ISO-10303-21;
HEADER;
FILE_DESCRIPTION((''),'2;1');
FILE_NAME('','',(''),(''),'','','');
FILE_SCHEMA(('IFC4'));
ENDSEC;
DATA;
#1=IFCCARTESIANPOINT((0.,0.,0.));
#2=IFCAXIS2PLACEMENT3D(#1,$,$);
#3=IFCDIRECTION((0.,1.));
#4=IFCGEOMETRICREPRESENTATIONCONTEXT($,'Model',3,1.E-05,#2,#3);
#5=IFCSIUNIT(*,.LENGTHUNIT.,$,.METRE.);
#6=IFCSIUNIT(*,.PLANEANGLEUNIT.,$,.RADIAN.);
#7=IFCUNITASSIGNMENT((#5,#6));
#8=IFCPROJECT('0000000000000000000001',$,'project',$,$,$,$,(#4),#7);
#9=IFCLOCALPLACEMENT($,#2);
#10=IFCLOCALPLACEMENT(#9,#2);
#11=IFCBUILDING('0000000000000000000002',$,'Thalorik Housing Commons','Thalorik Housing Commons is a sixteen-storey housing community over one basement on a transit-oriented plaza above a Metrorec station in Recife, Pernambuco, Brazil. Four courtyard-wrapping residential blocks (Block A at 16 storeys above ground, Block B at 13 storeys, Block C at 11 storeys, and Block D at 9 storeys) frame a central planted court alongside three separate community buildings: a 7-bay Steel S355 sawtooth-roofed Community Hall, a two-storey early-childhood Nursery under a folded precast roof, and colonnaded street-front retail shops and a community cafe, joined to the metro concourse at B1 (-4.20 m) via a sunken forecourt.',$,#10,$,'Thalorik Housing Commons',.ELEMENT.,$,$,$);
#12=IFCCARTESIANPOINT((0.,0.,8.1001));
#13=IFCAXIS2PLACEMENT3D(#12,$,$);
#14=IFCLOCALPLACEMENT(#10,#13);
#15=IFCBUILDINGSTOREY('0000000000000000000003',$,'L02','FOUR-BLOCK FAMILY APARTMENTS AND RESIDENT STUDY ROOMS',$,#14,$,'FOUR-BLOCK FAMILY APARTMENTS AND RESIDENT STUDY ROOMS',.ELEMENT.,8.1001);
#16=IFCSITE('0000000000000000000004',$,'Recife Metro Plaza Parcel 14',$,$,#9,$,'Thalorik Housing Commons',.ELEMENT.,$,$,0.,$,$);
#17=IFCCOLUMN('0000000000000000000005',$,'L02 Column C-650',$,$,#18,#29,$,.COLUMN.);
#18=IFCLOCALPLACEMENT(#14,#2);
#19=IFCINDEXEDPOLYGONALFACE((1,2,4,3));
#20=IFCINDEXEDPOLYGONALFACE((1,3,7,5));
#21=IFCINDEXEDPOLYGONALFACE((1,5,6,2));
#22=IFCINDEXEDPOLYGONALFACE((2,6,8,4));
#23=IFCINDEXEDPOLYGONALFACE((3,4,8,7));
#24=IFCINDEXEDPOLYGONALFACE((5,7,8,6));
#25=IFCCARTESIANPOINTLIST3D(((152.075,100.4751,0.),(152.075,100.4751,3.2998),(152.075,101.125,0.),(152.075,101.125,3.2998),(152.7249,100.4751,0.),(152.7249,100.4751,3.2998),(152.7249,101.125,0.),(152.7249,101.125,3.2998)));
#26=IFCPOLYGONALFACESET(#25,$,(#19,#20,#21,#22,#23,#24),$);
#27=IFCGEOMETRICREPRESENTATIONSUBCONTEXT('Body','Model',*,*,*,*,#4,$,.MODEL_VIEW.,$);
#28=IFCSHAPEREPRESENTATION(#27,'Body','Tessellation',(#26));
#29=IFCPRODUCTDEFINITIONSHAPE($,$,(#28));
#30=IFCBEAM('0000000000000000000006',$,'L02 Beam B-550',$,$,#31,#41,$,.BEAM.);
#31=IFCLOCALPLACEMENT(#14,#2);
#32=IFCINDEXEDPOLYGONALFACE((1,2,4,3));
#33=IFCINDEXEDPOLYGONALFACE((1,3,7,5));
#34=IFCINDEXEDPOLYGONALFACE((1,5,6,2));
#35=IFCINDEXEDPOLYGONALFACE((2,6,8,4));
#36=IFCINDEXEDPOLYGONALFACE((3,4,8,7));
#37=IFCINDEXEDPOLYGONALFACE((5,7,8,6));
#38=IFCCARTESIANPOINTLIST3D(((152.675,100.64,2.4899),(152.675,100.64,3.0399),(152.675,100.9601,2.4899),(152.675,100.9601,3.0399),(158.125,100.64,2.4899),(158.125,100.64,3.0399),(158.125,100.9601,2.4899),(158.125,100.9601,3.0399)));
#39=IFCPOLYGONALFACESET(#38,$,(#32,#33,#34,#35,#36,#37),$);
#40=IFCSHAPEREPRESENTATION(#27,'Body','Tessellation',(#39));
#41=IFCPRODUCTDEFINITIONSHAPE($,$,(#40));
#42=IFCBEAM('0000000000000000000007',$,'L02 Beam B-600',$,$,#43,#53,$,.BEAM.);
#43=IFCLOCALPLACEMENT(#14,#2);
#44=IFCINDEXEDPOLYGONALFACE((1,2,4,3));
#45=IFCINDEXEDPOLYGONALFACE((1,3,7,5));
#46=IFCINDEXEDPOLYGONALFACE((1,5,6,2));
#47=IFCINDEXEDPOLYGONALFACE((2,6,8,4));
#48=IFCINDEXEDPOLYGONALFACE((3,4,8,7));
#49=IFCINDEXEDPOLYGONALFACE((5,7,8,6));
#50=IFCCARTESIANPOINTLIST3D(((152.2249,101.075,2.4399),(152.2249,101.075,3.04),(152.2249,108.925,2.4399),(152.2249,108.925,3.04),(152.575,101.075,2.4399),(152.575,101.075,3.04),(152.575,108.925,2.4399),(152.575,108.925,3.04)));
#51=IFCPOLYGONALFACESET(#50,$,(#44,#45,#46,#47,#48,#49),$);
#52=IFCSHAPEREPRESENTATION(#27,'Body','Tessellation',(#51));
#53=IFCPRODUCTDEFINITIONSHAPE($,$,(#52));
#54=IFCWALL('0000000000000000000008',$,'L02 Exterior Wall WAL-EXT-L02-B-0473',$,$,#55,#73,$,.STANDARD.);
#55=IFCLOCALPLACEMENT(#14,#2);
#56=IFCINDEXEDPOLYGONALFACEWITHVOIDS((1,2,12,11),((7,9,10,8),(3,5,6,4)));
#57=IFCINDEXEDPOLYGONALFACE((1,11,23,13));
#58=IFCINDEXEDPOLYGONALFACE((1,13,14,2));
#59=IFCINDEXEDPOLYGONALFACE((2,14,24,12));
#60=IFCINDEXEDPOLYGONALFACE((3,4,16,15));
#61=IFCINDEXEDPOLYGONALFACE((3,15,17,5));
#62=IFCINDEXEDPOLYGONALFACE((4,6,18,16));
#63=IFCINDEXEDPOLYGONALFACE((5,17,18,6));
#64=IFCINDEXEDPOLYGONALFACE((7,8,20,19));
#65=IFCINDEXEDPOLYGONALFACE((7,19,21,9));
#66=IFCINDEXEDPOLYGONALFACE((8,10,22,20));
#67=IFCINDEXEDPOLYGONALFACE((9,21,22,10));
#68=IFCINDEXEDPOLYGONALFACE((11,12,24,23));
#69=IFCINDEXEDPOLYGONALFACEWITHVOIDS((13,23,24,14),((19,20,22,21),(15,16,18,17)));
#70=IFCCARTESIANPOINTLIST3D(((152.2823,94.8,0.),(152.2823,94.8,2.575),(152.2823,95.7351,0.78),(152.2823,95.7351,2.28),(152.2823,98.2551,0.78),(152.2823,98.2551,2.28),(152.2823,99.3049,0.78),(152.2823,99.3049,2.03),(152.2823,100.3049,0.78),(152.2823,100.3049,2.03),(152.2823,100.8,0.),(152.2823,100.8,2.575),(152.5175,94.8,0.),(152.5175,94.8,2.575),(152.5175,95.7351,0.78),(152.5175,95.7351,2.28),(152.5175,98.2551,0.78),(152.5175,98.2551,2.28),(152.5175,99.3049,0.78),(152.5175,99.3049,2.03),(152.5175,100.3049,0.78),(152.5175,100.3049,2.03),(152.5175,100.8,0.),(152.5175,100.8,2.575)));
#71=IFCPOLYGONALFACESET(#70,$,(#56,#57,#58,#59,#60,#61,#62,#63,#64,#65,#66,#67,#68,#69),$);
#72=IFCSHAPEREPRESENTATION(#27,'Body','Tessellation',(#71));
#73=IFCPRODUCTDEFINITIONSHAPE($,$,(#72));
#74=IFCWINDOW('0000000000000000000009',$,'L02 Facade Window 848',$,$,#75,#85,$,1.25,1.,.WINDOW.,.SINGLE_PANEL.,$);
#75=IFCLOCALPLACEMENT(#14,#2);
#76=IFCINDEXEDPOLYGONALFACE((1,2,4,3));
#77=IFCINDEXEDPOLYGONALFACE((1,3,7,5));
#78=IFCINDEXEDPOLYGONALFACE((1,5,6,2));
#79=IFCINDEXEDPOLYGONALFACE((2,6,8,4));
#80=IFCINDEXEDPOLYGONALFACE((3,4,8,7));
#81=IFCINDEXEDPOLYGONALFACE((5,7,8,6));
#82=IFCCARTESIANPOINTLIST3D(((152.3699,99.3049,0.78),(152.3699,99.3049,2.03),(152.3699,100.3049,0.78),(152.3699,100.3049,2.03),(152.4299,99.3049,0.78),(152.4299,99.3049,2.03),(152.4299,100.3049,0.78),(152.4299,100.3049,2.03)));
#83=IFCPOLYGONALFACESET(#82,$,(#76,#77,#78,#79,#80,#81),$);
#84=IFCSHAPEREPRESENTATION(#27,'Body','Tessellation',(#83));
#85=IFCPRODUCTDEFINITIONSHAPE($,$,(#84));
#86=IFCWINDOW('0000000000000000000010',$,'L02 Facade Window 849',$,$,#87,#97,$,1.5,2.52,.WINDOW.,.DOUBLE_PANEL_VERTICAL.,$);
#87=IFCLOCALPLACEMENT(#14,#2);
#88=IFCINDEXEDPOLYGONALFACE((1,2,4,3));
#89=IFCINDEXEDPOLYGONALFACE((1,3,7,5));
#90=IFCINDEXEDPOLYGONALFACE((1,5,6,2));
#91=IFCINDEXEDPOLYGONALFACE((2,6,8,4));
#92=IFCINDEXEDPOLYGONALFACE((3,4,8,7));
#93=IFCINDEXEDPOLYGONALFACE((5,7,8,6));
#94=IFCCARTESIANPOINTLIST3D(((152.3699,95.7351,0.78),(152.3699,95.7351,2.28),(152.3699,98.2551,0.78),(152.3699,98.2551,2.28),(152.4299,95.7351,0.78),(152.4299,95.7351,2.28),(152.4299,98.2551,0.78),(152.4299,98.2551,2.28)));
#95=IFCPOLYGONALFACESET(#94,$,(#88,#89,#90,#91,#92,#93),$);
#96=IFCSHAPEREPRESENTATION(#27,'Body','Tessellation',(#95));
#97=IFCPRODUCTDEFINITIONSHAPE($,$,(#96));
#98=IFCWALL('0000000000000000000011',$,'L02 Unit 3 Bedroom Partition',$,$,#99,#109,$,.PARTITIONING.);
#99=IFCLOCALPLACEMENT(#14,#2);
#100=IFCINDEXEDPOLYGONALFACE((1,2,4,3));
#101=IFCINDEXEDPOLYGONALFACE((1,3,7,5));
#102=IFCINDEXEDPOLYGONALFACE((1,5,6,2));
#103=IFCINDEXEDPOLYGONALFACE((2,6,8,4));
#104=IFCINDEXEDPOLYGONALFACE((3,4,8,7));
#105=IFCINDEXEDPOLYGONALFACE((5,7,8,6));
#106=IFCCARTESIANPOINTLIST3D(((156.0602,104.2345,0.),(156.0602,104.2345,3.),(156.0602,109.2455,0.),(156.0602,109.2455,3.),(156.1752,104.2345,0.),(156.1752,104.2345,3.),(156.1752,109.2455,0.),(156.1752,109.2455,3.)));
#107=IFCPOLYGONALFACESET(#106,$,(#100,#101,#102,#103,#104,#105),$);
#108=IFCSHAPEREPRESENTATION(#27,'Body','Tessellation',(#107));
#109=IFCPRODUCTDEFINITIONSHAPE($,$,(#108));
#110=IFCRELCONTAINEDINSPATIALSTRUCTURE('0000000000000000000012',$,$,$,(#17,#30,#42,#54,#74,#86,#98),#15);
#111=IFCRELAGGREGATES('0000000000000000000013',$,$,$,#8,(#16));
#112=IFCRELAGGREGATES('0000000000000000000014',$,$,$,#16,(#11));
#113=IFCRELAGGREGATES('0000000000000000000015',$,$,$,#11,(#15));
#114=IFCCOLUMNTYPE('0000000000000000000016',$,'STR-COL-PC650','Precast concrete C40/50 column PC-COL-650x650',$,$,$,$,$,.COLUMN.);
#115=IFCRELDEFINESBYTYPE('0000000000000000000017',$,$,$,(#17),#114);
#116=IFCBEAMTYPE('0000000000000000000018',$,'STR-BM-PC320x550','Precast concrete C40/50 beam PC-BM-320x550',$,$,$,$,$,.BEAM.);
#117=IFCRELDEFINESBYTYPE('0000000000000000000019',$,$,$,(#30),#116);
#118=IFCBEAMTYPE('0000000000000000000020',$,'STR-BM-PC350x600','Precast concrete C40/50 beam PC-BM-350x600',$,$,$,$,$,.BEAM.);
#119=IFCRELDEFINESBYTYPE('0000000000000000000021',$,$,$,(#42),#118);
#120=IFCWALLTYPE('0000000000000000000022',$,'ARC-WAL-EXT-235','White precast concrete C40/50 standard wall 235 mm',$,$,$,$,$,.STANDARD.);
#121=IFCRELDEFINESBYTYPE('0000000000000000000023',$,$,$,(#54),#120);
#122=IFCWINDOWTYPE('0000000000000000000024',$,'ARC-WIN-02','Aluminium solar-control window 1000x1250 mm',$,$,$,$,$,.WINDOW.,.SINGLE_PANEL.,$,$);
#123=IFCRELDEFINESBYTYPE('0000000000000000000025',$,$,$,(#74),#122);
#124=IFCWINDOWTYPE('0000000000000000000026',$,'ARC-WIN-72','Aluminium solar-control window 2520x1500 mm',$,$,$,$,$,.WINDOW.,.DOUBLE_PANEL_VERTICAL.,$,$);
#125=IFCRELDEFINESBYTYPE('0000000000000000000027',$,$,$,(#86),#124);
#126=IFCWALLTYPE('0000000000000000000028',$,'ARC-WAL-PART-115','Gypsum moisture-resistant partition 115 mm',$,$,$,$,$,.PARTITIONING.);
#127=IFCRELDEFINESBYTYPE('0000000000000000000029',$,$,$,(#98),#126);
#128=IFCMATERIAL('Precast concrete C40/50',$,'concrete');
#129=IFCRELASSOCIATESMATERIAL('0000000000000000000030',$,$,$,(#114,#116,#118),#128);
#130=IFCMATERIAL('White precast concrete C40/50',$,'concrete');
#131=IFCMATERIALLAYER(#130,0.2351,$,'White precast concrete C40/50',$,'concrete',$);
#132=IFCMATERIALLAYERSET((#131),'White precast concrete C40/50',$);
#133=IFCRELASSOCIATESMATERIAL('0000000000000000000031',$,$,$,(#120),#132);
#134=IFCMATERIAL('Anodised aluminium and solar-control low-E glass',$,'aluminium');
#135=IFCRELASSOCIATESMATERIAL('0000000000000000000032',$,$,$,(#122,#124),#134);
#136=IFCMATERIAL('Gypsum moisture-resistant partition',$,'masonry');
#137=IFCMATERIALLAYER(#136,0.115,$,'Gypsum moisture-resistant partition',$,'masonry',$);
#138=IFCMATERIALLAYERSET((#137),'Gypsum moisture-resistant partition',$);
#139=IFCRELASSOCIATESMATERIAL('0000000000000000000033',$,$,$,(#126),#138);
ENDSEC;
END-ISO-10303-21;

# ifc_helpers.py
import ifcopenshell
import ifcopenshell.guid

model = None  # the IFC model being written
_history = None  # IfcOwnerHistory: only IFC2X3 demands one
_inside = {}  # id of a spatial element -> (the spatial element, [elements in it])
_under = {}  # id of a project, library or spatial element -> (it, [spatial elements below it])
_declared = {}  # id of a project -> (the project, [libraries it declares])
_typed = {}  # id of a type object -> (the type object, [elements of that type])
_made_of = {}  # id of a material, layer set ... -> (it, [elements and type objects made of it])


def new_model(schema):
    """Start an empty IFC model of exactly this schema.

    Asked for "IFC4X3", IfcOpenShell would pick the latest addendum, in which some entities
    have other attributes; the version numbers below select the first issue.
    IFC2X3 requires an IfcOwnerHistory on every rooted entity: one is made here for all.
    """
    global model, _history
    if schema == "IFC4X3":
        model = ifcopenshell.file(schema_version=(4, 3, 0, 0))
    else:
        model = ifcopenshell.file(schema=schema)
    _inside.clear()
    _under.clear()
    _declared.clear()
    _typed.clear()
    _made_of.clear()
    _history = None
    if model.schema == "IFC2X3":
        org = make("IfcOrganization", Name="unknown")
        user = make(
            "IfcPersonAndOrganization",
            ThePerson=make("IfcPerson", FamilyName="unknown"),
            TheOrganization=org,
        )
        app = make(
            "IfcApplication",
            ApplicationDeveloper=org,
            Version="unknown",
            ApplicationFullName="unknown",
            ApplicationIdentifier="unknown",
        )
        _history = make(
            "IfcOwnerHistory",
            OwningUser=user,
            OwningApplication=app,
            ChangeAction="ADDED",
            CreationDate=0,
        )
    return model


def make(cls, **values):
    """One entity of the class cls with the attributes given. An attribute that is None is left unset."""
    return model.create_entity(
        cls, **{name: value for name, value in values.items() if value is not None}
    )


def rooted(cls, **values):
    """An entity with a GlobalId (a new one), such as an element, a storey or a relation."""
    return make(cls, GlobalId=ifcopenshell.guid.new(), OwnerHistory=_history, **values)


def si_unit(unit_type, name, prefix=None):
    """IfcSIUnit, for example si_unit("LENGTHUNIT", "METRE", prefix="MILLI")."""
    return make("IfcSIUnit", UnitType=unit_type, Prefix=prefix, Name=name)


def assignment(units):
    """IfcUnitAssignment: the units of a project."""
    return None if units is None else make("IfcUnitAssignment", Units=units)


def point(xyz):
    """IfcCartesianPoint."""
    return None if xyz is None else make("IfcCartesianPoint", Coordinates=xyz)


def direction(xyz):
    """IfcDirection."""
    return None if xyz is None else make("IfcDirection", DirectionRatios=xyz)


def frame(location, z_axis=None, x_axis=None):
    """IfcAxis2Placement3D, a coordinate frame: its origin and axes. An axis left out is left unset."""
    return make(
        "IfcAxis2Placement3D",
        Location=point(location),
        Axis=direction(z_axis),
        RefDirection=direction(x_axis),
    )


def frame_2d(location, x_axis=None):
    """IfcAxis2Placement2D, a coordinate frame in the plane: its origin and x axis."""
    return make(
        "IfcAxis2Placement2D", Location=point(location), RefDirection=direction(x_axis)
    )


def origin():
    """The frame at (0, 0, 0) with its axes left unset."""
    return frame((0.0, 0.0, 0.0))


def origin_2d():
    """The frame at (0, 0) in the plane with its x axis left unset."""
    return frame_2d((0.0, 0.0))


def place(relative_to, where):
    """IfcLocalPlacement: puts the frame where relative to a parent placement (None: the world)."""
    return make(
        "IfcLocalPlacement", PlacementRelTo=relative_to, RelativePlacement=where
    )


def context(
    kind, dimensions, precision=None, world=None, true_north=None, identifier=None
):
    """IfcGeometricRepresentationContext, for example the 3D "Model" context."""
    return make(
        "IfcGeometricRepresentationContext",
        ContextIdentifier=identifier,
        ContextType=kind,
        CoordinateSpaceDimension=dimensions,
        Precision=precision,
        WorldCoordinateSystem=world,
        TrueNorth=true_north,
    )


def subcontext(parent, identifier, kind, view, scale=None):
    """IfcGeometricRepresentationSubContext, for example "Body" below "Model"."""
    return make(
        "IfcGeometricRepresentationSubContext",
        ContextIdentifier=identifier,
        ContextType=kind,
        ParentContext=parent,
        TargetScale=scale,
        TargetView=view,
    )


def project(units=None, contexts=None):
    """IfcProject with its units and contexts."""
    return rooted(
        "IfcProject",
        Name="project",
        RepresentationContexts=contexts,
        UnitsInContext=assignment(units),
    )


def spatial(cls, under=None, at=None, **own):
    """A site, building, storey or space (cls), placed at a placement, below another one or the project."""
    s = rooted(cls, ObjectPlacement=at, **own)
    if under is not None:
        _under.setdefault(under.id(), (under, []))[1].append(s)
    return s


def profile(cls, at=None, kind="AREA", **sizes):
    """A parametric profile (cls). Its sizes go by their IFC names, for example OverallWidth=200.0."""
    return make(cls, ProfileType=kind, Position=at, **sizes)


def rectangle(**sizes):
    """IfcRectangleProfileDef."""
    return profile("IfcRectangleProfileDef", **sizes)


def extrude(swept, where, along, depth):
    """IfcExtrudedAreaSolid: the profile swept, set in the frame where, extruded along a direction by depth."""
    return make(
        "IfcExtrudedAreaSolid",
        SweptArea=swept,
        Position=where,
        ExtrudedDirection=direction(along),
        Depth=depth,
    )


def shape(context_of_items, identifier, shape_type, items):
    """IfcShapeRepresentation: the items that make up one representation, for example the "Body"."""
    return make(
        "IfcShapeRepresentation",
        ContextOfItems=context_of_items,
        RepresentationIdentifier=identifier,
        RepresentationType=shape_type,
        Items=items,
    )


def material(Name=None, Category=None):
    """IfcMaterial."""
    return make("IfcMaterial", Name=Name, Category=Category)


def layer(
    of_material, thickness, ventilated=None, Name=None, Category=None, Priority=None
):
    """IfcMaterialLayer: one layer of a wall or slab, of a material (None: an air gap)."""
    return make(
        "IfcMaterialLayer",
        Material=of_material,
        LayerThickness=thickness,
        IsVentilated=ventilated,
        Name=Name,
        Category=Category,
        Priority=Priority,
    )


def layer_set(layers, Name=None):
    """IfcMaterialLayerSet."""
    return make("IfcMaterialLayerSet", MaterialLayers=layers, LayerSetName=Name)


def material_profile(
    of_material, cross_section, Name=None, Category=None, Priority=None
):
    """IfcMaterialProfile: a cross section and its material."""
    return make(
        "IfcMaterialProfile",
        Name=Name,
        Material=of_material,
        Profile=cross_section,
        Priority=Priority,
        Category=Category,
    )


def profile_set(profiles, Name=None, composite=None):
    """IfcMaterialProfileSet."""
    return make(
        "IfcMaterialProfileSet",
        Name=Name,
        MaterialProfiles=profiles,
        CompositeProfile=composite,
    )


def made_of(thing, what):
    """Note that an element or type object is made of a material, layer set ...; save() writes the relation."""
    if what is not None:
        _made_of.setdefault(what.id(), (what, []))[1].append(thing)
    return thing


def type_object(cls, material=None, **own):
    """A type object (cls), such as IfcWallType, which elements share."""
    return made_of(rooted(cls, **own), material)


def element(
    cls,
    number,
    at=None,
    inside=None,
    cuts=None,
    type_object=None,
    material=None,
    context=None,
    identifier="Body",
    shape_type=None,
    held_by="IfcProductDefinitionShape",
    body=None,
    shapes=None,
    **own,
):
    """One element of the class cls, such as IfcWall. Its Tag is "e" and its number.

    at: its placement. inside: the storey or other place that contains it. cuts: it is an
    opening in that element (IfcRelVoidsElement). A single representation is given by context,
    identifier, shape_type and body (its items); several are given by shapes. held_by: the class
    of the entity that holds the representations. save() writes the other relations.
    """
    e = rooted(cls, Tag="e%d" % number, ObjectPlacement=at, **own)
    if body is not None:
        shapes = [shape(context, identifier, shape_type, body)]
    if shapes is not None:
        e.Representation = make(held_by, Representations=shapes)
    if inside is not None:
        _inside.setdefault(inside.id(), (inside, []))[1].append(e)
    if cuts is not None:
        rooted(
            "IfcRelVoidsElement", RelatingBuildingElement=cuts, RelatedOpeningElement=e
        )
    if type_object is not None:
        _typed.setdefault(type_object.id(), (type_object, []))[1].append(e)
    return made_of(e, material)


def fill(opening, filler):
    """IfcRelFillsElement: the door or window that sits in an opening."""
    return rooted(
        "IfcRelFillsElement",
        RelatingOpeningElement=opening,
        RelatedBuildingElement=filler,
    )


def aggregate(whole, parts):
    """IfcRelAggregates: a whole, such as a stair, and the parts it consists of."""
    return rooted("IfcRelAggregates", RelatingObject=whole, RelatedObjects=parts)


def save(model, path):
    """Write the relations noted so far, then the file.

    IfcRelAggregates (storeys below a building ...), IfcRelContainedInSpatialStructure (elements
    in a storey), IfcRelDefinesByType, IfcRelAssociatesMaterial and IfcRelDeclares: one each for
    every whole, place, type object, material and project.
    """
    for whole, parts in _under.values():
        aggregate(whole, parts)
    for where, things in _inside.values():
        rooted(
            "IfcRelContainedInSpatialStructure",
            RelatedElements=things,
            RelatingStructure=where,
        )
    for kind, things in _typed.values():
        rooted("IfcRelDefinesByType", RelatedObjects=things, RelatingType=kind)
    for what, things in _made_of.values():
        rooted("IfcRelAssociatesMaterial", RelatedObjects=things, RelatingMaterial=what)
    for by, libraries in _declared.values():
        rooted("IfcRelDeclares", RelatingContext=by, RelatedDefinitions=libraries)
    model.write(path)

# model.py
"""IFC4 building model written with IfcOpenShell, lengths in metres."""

from ifc_helpers import new_model, si_unit, direction, frame, frame_2d, origin, origin_2d, place, context, subcontext, project, spatial, rectangle, extrude, material, layer, layer_set, material_profile, profile_set, type_object, element, fill, save


model = new_model("IFC4")

# Units and contexts
model_context = context("Model", 3, precision=1e-05, world=origin(), true_north=direction((0.0, 1.0)))
body_context = subcontext(model_context, "Body", "Model", "MODEL_VIEW")
ifc_project = project(units=[si_unit("LENGTHUNIT", "METRE"), si_unit("PLANEANGLEUNIT", "RADIAN")], contexts=[model_context])

# Site, building, storey
site_placement = place(None, origin())
site = spatial("IfcSite", under=ifc_project, at=site_placement, Name="Recife Metro Plaza Parcel 14", LongName="Thalorik Housing Commons", CompositionType="ELEMENT", RefElevation=0.0)
building_placement = place(site_placement, origin())
building = spatial("IfcBuilding", under=site, at=building_placement, Name="Thalorik Housing Commons", Description="Thalorik Housing Commons is a sixteen-storey housing community over one basement on a transit-oriented plaza above a Metrorec station in Recife, Pernambuco, Brazil. Four courtyard-wrapping residential blocks (Block A at 16 storeys above ground, Block B at 13 storeys, Block C at 11 storeys, and Block D at 9 storeys) frame a central planted court alongside three separate community buildings: a 7-bay Steel S355 sawtooth-roofed Community Hall, a two-storey early-childhood Nursery under a folded precast roof, and colonnaded street-front retail shops and a community cafe, joined to the metro concourse at B1 (-4.20 m) via a sunken forecourt.", LongName="Thalorik Housing Commons", CompositionType="ELEMENT")
storey_placement = place(building_placement, frame((0.0, 0.0, 8.1001)))
storey = spatial("IfcBuildingStorey", under=building, at=storey_placement, Name="L02", Description="FOUR-BLOCK FAMILY APARTMENTS AND RESIDENT STUDY ROOMS", LongName="FOUR-BLOCK FAMILY APARTMENTS AND RESIDENT STUDY ROOMS", CompositionType="ELEMENT", Elevation=8.1001)

# Column
ifc_material_1 = material(Name="Precast concrete C40/50", Category="concrete")
ifc_material_profile_1 = material_profile(ifc_material_1, rectangle(XDim=0.6499, YDim=0.6499, at=origin_2d()), Name="PC 650x650", Category="concrete")
ifc_profile_set_1 = profile_set([ifc_material_profile_1], Name="Precast concrete C40/50")
column_type = type_object("IfcColumnType", Name="STR-COL-PC650", Description="Precast concrete C40/50 column PC-COL-650x650", PredefinedType="COLUMN", material=ifc_profile_set_1)
column_placement = place(storey_placement, frame((152.3999, 100.8, 0.0), z_axis=(0.0, 0.0, 1.0), x_axis=(1.0, 0.0, 0.0)))
element("IfcColumn", 1, at=column_placement, inside=storey, type_object=column_type, Name="L02 Column C-650", PredefinedType="COLUMN", context=body_context, shape_type="SweptSolid", body=[
    extrude(rectangle(XDim=0.6499, YDim=0.6499, at=origin_2d()), origin(), (0.0, 0.0, 1.0), 3.2998),
])

# Beams
ifc_material_profile_2 = material_profile(ifc_material_1, rectangle(XDim=0.3201, YDim=0.55, at=origin_2d()), Name="PC 320x550", Category="concrete")
ifc_profile_set_2 = profile_set([ifc_material_profile_2], Name="Precast concrete C40/50")
beam_type_1 = type_object("IfcBeamType", Name="STR-BM-PC320x550", Description="Precast concrete C40/50 beam PC-BM-320x550", PredefinedType="BEAM", material=ifc_profile_set_2)
beam_1_placement = place(storey_placement, frame((152.675, 100.8, 2.7649), z_axis=(1.0, 0.0, 0.0), x_axis=(0.0, 1.0, 0.0)))
element("IfcBeam", 2, at=beam_1_placement, inside=storey, type_object=beam_type_1, Name="L02 Beam B-550", PredefinedType="BEAM", context=body_context, shape_type="SweptSolid", body=[
    extrude(rectangle(XDim=0.3201, YDim=0.55, at=origin_2d()), origin(), (0.0, 0.0, 1.0), 5.45),
])
ifc_material_profile_3 = material_profile(ifc_material_1, rectangle(XDim=0.3501, YDim=0.6001, at=origin_2d()), Name="PC 350x600", Category="concrete")
ifc_profile_set_3 = profile_set([ifc_material_profile_3], Name="Precast concrete C40/50")
beam_type_2 = type_object("IfcBeamType", Name="STR-BM-PC350x600", Description="Precast concrete C40/50 beam PC-BM-350x600", PredefinedType="BEAM", material=ifc_profile_set_3)
beam_2_placement = place(storey_placement, frame((152.3999, 101.075, 2.74), z_axis=(0.0, 1.0, 0.0), x_axis=(-1.0, 0.0, 0.0)))
element("IfcBeam", 3, at=beam_2_placement, inside=storey, type_object=beam_type_2, Name="L02 Beam B-600", PredefinedType="BEAM", context=body_context, shape_type="SweptSolid", body=[
    extrude(rectangle(XDim=0.3501, YDim=0.6001, at=origin_2d()), origin(), (0.0, 0.0, 1.0), 7.8501),
])

# Wall, openings, windows
ifc_material_2 = material(Name="White precast concrete C40/50", Category="concrete")
ifc_layer_1 = layer(ifc_material_2, 0.2351, Name="White precast concrete C40/50", Category="concrete")
ifc_layer_set_1 = layer_set([ifc_layer_1], Name="White precast concrete C40/50")
wall_type_1 = type_object("IfcWallType", Name="ARC-WAL-EXT-235", Description="White precast concrete C40/50 standard wall 235 mm", PredefinedType="STANDARD", material=ifc_layer_set_1)
wall_1_placement = place(storey_placement, frame((152.3999, 100.8, 0.0), z_axis=(0.0, 0.0, 1.0), x_axis=(0.0, -1.0, 0.0)))
wall_1 = element("IfcWall", 4, at=wall_1_placement, inside=storey, type_object=wall_type_1, Name="L02 Exterior Wall WAL-EXT-L02-B-0473", PredefinedType="STANDARD", context=body_context, shape_type="SweptSolid", body=[
    extrude(rectangle(XDim=6.0, YDim=0.2351, at=frame_2d((3.0, 0.0))), origin(), (0.0, 0.0, 1.0), 2.575),
])
opening_1_placement = place(wall_1_placement, frame((0.4951, 0.0, 0.78)))
opening_1 = element("IfcOpeningElement", 5, at=opening_1_placement, cuts=wall_1, PredefinedType="OPENING", context=body_context, shape_type="SweptSolid", body=[
    extrude(rectangle(XDim=1.0, YDim=1.25, at=frame_2d((0.5, 0.625))), frame((0.0, 0.1274, 0.0), z_axis=(0.0, -1.0, 0.0), x_axis=(1.0, 0.0, 0.0)), (0.0, 0.0, 1.0), 0.2551),
])
opening_2_placement = place(wall_1_placement, frame((2.5449, 0.0, 0.78)))
opening_2 = element("IfcOpeningElement", 6, at=opening_2_placement, cuts=wall_1, PredefinedType="OPENING", context=body_context, shape_type="SweptSolid", body=[
    extrude(rectangle(XDim=2.52, YDim=1.5, at=frame_2d((1.26, 0.75))), frame((0.0, 0.1274, 0.0), z_axis=(0.0, -1.0, 0.0), x_axis=(1.0, 0.0, 0.0)), (0.0, 0.0, 1.0), 0.2551),
])
ifc_material_3 = material(Name="Anodised aluminium and solar-control low-E glass", Category="aluminium")
window_type_1 = type_object("IfcWindowType", Name="ARC-WIN-02", Description="Aluminium solar-control window 1000x1250 mm", PartitioningType="SINGLE_PANEL", PredefinedType="WINDOW", material=ifc_material_3)
window_1_placement = place(opening_1_placement, origin())
window_1 = element("IfcWindow", 7, at=window_1_placement, inside=storey, type_object=window_type_1, Name="L02 Facade Window 848", OverallHeight=1.25, OverallWidth=1.0, PartitioningType="SINGLE_PANEL", PredefinedType="WINDOW", context=body_context, shape_type="SweptSolid", body=[
    extrude(rectangle(XDim=1.0, YDim=1.25, at=frame_2d((0.5, 0.625))), frame((0.0, 0.03, 0.0), z_axis=(0.0, -1.0, 0.0), x_axis=(1.0, 0.0, 0.0)), (0.0, 0.0, 1.0), 0.0601),
])
fill(opening_1, window_1)
window_type_2 = type_object("IfcWindowType", Name="ARC-WIN-72", Description="Aluminium solar-control window 2520x1500 mm", PartitioningType="DOUBLE_PANEL_VERTICAL", PredefinedType="WINDOW", material=ifc_material_3)
window_2_placement = place(opening_2_placement, origin())
window_2 = element("IfcWindow", 8, at=window_2_placement, inside=storey, type_object=window_type_2, Name="L02 Facade Window 849", OverallHeight=1.5, OverallWidth=2.52, PartitioningType="DOUBLE_PANEL_VERTICAL", PredefinedType="WINDOW", context=body_context, shape_type="SweptSolid", body=[
    extrude(rectangle(XDim=2.52, YDim=1.5, at=frame_2d((1.26, 0.75))), frame((0.0, 0.03, 0.0), z_axis=(0.0, -1.0, 0.0), x_axis=(1.0, 0.0, 0.0)), (0.0, 0.0, 1.0), 0.0601),
])
fill(opening_2, window_2)

# Wall
ifc_material_4 = material(Name="Gypsum moisture-resistant partition", Category="masonry")
ifc_layer_2 = layer(ifc_material_4, 0.115, Name="Gypsum moisture-resistant partition", Category="masonry")
ifc_layer_set_2 = layer_set([ifc_layer_2], Name="Gypsum moisture-resistant partition")
wall_type_2 = type_object("IfcWallType", Name="ARC-WAL-PART-115", Description="Gypsum moisture-resistant partition 115 mm", PredefinedType="PARTITIONING", material=ifc_layer_set_2)
wall_2_placement = place(storey_placement, frame((156.1177, 104.2346, 0.0), z_axis=(0.0, 0.0, 1.0), x_axis=(0.0, 1.0, 0.0)))
element("IfcWall", 9, at=wall_2_placement, inside=storey, type_object=wall_type_2, Name="L02 Unit 3 Bedroom Partition", PredefinedType="PARTITIONING", context=body_context, shape_type="SweptSolid", body=[
    extrude(rectangle(XDim=5.011, YDim=0.115, at=frame_2d((2.5054, 0.0))), origin(), (0.0, 0.0, 1.0), 3.0),
])

save(model, "model.ifc")
